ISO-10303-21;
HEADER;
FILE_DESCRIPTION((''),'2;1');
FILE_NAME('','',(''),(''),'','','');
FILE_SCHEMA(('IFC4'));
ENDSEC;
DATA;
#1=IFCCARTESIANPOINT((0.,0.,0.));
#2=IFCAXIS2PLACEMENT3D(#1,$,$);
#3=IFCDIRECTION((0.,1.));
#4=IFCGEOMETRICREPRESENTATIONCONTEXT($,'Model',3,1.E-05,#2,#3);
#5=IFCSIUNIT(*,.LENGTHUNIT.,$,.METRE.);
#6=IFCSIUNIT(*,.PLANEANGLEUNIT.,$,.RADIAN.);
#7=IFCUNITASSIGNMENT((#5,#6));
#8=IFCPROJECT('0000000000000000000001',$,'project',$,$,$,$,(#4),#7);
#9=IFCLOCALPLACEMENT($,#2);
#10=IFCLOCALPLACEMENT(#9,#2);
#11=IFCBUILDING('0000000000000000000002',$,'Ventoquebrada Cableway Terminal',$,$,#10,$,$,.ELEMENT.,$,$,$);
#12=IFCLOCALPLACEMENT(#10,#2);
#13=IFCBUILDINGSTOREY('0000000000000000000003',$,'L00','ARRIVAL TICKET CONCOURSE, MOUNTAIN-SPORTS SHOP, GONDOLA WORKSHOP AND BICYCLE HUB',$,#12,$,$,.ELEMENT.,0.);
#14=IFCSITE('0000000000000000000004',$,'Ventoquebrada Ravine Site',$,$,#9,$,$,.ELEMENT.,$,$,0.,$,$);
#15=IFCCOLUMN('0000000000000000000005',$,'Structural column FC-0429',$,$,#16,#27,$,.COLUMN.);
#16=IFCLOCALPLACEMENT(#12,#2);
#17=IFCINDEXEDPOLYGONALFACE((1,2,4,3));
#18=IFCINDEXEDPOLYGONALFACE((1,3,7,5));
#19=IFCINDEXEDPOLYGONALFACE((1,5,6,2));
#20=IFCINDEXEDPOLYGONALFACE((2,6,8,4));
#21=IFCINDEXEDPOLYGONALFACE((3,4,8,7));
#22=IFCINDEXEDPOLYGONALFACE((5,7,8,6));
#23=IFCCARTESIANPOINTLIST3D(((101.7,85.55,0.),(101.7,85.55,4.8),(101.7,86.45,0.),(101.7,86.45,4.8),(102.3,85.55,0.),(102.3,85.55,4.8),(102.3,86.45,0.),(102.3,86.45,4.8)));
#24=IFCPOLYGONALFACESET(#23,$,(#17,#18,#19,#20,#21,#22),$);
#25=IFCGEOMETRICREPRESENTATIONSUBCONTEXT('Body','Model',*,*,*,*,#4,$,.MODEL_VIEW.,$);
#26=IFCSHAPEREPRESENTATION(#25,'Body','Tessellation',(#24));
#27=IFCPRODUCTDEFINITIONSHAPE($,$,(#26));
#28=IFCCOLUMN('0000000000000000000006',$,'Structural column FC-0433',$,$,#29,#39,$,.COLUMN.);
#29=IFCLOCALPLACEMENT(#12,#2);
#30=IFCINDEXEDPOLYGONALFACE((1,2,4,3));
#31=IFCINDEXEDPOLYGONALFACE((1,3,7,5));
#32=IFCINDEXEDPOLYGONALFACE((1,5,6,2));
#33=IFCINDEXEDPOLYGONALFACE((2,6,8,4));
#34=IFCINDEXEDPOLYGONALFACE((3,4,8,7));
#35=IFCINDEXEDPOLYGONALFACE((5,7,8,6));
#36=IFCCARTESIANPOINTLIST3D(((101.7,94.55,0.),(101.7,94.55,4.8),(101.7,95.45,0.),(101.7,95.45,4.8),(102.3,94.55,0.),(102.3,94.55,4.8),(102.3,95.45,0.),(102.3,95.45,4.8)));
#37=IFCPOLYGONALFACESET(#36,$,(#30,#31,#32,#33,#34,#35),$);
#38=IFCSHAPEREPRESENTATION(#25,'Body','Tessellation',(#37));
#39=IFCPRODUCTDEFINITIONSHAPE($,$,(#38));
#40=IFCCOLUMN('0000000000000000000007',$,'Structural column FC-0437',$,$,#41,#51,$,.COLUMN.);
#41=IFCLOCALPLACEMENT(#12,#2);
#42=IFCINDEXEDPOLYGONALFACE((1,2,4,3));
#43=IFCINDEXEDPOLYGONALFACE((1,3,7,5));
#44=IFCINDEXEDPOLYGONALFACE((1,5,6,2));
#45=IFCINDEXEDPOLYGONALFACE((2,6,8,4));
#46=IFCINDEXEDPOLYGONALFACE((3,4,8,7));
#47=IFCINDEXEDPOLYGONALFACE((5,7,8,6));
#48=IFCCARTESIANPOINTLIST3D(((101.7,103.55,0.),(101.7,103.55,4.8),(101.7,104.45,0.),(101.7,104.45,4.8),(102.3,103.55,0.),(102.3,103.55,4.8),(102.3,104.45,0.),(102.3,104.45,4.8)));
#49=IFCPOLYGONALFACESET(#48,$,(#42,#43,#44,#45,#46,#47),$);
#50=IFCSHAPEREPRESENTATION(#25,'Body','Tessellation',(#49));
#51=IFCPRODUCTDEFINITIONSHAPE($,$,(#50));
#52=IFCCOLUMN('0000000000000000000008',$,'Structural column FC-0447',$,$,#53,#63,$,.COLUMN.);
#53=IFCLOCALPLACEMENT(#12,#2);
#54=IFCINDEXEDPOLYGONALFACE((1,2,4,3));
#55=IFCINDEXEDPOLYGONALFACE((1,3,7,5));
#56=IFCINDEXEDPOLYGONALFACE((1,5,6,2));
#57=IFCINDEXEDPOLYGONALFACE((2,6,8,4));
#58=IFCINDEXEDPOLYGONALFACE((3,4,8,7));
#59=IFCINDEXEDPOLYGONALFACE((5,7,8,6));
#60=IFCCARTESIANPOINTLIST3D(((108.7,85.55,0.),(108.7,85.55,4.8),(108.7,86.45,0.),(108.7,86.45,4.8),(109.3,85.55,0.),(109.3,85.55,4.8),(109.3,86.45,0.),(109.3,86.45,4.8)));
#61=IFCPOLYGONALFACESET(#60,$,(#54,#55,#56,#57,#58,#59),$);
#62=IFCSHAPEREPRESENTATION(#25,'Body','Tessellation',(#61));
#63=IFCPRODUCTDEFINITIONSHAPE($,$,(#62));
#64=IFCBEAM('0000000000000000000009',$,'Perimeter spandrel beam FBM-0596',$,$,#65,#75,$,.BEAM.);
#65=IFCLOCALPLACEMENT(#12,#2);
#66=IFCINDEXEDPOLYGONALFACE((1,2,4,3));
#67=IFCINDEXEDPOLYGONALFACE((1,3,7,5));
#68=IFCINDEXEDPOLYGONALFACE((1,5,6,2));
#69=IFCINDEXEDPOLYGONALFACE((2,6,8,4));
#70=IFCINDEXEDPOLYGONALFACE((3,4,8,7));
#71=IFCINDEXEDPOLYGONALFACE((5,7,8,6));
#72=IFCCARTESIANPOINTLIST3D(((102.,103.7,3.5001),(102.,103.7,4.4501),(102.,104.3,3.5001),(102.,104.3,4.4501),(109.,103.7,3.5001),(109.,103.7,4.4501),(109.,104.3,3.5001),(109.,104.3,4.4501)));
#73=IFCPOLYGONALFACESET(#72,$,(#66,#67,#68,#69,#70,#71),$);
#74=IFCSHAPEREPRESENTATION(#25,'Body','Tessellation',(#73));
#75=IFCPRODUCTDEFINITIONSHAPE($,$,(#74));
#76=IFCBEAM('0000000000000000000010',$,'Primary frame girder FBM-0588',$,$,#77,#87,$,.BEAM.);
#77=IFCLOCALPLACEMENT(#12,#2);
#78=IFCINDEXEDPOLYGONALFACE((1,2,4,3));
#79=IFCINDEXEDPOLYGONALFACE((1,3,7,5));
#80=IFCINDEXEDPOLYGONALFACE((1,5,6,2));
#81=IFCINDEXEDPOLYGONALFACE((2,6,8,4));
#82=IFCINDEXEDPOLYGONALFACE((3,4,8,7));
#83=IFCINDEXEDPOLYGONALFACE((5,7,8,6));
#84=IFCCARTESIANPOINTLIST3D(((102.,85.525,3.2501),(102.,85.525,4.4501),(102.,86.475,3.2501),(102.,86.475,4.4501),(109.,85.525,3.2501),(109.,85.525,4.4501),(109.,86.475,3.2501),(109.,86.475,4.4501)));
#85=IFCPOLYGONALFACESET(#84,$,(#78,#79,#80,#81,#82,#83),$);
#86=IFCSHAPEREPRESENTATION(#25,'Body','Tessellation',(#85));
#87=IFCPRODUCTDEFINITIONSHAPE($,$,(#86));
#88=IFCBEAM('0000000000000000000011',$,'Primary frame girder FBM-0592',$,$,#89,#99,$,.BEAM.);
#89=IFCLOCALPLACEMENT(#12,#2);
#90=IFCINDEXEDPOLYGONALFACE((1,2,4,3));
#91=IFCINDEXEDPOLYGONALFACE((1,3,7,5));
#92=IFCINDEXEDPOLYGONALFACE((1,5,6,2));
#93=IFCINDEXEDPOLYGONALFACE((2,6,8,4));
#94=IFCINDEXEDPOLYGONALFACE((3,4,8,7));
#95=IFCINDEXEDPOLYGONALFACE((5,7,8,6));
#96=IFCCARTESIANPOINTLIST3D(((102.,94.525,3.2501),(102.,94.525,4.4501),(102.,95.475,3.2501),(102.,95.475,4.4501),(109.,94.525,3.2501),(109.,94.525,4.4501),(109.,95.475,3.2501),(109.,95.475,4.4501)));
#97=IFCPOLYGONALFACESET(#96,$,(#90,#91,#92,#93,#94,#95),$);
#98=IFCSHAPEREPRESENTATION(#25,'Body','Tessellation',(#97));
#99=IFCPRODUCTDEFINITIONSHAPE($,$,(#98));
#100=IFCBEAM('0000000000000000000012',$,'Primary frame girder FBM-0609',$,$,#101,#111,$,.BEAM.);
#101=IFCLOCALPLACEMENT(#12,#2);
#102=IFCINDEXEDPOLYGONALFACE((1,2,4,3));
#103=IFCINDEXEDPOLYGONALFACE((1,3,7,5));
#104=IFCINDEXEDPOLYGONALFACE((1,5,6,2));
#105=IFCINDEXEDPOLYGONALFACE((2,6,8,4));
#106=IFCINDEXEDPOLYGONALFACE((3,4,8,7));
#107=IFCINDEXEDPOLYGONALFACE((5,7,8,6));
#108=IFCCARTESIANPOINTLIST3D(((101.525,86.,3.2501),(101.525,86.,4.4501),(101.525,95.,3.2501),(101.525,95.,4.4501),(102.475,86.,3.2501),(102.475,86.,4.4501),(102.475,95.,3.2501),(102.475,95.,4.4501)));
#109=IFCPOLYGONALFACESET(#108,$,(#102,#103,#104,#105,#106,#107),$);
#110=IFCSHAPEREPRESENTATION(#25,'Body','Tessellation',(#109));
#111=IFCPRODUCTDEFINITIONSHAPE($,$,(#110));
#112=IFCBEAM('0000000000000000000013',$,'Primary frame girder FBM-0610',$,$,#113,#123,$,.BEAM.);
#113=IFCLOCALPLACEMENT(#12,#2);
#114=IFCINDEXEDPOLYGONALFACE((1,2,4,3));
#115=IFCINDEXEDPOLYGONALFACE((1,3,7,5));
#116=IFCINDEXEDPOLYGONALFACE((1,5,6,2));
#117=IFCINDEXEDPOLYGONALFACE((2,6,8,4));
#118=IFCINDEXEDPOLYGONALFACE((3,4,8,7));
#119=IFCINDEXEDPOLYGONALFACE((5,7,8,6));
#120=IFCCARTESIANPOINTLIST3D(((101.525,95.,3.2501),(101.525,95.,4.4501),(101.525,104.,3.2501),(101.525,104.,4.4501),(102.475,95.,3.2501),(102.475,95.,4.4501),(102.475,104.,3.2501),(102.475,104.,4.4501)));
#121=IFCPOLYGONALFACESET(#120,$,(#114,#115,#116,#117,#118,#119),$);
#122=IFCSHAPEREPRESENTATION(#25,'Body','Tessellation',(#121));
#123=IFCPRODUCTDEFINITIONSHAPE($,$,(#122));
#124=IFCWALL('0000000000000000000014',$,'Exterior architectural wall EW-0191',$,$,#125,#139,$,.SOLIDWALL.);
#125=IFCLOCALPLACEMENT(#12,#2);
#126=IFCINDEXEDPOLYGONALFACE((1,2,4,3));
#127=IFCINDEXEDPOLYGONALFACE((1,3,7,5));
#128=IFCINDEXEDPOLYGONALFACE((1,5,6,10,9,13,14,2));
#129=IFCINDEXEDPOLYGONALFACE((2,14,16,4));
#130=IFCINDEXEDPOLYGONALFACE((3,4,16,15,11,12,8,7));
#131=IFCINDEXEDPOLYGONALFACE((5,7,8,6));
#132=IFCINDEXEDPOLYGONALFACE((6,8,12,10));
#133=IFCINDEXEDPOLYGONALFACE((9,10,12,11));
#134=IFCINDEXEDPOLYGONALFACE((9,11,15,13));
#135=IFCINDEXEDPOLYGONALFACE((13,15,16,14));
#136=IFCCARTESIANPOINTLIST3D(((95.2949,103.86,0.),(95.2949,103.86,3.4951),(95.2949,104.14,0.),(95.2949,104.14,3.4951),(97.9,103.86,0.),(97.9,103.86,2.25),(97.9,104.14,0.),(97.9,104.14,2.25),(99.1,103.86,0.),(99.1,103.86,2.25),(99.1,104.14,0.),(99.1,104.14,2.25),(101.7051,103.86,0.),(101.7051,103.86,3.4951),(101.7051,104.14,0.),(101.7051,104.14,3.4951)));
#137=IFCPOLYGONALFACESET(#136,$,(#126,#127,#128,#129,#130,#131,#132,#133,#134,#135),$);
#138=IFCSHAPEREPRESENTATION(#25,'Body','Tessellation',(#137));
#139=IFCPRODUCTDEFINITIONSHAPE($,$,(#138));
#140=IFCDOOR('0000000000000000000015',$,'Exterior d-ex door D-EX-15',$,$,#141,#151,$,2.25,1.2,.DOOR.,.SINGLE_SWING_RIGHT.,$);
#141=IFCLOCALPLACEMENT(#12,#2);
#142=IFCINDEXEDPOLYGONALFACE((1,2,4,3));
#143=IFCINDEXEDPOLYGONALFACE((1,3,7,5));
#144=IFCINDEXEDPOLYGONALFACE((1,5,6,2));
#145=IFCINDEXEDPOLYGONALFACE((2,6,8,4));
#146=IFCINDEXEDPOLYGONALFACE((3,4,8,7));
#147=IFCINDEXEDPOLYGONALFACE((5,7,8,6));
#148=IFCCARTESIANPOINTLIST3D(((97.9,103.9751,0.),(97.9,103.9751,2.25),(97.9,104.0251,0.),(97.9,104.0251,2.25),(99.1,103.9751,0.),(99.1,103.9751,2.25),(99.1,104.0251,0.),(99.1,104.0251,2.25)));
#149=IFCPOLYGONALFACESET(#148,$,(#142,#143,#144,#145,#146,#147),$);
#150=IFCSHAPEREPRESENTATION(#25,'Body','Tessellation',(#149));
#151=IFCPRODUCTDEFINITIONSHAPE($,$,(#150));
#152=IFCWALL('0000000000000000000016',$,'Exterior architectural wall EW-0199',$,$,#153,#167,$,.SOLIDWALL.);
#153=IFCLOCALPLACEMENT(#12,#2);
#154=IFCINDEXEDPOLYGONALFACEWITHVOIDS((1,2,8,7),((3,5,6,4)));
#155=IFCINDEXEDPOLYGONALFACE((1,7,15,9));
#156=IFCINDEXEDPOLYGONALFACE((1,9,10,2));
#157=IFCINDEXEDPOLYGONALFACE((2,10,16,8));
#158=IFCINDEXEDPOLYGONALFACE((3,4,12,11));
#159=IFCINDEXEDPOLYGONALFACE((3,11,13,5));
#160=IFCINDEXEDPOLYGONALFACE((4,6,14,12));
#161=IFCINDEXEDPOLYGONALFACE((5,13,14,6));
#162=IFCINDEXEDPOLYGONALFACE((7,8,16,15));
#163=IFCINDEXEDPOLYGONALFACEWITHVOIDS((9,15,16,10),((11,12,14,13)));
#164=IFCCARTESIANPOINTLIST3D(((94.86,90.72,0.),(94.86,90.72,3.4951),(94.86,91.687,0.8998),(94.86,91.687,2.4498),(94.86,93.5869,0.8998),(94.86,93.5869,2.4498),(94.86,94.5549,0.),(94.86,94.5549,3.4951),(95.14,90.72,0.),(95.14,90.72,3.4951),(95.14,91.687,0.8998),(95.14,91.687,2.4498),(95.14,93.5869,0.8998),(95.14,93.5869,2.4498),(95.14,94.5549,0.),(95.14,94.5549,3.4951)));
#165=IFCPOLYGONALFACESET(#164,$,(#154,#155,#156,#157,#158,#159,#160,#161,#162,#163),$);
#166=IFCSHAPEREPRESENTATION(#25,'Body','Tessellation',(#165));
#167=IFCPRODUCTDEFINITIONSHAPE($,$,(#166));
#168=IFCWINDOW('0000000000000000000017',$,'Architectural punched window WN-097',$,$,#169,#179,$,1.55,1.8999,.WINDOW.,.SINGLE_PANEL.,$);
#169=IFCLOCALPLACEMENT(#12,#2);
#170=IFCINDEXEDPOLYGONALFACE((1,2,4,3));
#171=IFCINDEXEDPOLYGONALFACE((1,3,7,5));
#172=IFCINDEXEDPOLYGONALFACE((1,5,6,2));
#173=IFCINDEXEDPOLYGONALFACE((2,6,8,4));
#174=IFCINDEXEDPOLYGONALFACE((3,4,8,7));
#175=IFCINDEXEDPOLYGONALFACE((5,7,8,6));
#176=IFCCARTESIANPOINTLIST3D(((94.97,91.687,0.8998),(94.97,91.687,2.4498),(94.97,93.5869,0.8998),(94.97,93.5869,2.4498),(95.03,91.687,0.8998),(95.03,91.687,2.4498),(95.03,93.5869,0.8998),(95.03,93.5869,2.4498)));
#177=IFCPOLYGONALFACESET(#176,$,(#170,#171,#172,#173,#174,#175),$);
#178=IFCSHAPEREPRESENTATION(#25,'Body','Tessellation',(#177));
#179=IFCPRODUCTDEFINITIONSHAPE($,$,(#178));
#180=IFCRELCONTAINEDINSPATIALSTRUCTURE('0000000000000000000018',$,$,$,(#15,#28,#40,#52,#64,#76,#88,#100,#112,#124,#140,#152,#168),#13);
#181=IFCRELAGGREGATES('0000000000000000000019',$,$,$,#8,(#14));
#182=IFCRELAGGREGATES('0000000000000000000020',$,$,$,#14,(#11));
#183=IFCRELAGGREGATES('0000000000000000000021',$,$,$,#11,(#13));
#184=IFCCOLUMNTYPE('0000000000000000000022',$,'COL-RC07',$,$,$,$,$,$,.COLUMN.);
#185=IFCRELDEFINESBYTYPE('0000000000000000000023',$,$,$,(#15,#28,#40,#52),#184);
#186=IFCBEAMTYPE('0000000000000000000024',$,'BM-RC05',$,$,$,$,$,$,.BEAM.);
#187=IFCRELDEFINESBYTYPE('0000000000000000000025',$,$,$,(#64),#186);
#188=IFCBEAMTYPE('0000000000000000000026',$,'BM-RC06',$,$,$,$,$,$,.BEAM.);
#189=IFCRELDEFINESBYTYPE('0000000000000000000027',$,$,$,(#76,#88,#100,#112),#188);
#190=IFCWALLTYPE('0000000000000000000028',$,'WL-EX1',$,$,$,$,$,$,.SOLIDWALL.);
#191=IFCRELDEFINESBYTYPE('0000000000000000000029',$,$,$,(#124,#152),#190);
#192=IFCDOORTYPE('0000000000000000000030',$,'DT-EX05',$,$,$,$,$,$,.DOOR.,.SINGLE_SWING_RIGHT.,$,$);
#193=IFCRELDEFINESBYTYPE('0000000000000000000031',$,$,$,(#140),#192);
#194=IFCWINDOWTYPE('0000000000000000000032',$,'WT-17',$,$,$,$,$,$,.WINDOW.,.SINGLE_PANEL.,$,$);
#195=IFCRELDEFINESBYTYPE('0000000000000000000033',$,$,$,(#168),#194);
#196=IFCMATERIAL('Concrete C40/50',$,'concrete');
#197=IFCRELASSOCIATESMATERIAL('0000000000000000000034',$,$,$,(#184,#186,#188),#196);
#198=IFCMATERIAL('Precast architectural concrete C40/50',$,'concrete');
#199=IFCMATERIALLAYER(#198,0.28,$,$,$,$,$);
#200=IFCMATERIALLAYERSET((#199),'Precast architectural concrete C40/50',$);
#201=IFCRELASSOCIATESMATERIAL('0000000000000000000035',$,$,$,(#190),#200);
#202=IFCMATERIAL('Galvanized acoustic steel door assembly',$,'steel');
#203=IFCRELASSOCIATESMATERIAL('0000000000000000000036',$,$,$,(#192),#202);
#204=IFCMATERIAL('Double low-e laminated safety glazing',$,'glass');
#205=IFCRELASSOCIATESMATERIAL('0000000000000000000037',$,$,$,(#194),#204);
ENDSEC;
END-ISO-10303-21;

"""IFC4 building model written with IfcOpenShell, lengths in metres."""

from ifc_helpers import new_model, si_unit, direction, frame, frame_2d, origin, origin_2d, place, context, subcontext, project, spatial, rectangle, extrude, material, layer, layer_set, material_profile, profile_set, type_object, element, fill, save


model = new_model("IFC4")

# Units and contexts
model_context = context("Model", 3, precision=1e-05, world=origin(), true_north=direction((0.0, 1.0)))
body_context = subcontext(model_context, "Body", "Model", "MODEL_VIEW")
ifc_project = project(units=[si_unit("LENGTHUNIT", "METRE"), si_unit("PLANEANGLEUNIT", "RADIAN")], contexts=[model_context])

# Site, building, storey
site_placement = place(None, origin())
site = spatial("IfcSite", under=ifc_project, at=site_placement, Name="Ventoquebrada Ravine Site", CompositionType="ELEMENT", RefElevation=0.0)
building_placement = place(site_placement, origin())
building = spatial("IfcBuilding", under=site, at=building_placement, Name="Ventoquebrada Cableway Terminal", CompositionType="ELEMENT")
storey_placement = place(building_placement, origin())
storey = spatial("IfcBuildingStorey", under=building, at=storey_placement, Name="L00", Description="ARRIVAL TICKET CONCOURSE, MOUNTAIN-SPORTS SHOP, GONDOLA WORKSHOP AND BICYCLE HUB", CompositionType="ELEMENT", Elevation=0.0)

# Columns
ifc_material_1 = material(Name="Concrete C40/50", Category="concrete")
ifc_material_profile_1 = material_profile(ifc_material_1, rectangle(XDim=0.6001, YDim=0.8999, at=origin_2d()), Name="RC-COL-900X600")
ifc_profile_set_1 = profile_set([ifc_material_profile_1], Name="Concrete C40/50")
column_type = type_object("IfcColumnType", Name="COL-RC07", PredefinedType="COLUMN", material=ifc_profile_set_1)
for number, where, z_axis, x_axis, name in (
    (1, (102.0, 86.0, 0.0), (0.0, 0.0, 1.0), (1.0, 0.0, 0.0), "Structural column FC-0429"),
    (2, (102.0, 95.0, 0.0), (0.0, 0.0, 1.0), (1.0, 0.0, 0.0), "Structural column FC-0433"),
    (3, (102.0, 104.0, 0.0), (0.0, 0.0, 1.0), (1.0, 0.0, 0.0), "Structural column FC-0437"),
    (4, (109.0, 86.0, 0.0), (0.0, 0.0, 1.0), (1.0, 0.0, 0.0), "Structural column FC-0447"),
):
    element("IfcColumn", number, at=place(storey_placement, frame(where, z_axis=z_axis, x_axis=x_axis)), inside=storey, type_object=column_type, Name=name, PredefinedType="COLUMN", context=body_context, shape_type="SweptSolid", body=[
        extrude(rectangle(XDim=0.6001, YDim=0.8999, at=origin_2d()), origin(), (0.0, 0.0, 1.0), 4.8),
    ])

# Beams
ifc_material_profile_2 = material_profile(ifc_material_1, rectangle(XDim=0.6001, YDim=0.95, at=origin_2d()), Name="RC-BM-600X950")
ifc_profile_set_2 = profile_set([ifc_material_profile_2], Name="Concrete C40/50")
beam_type_1 = type_object("IfcBeamType", Name="BM-RC05", PredefinedType="BEAM", material=ifc_profile_set_2)
beam_placement = place(storey_placement, frame((102.0, 104.0, 3.9751), z_axis=(1.0, 0.0, 0.0), x_axis=(0.0, 1.0, 0.0)))
element("IfcBeam", 5, at=beam_placement, inside=storey, type_object=beam_type_1, Name="Perimeter spandrel beam FBM-0596", PredefinedType="BEAM", context=body_context, shape_type="SweptSolid", body=[
    extrude(rectangle(XDim=0.6001, YDim=0.95, at=origin_2d()), origin(), (0.0, 0.0, 1.0), 7.0),
])
ifc_material_profile_3 = material_profile(ifc_material_1, rectangle(XDim=0.95, YDim=1.2, at=origin_2d()), Name="RC-BM-950X1200")
ifc_profile_set_3 = profile_set([ifc_material_profile_3], Name="Concrete C40/50")
beam_type_2 = type_object("IfcBeamType", Name="BM-RC06", PredefinedType="BEAM", material=ifc_profile_set_3)
for number, where, z_axis, x_axis, name in (
    (6, (102.0, 86.0, 3.8501), (1.0, 0.0, 0.0), (0.0, 1.0, 0.0), "Primary frame girder FBM-0588"),
    (7, (102.0, 95.0, 3.8501), (1.0, 0.0, 0.0), (0.0, 1.0, 0.0), "Primary frame girder FBM-0592"),
):
    element("IfcBeam", number, at=place(storey_placement, frame(where, z_axis=z_axis, x_axis=x_axis)), inside=storey, type_object=beam_type_2, Name=name, PredefinedType="BEAM", context=body_context, shape_type="SweptSolid", body=[
        extrude(rectangle(XDim=0.95, YDim=1.2, at=origin_2d()), origin(), (0.0, 0.0, 1.0), 7.0),
    ])
for number, where, z_axis, x_axis, name in (
    (8, (102.0, 86.0, 3.8501), (0.0, 1.0, 0.0), (-1.0, 0.0, 0.0), "Primary frame girder FBM-0609"),
    (9, (102.0, 95.0, 3.8501), (0.0, 1.0, 0.0), (-1.0, 0.0, 0.0), "Primary frame girder FBM-0610"),
):
    element("IfcBeam", number, at=place(storey_placement, frame(where, z_axis=z_axis, x_axis=x_axis)), inside=storey, type_object=beam_type_2, Name=name, PredefinedType="BEAM", context=body_context, shape_type="SweptSolid", body=[
        extrude(rectangle(XDim=0.95, YDim=1.2, at=origin_2d()), origin(), (0.0, 0.0, 1.0), 9.0),
    ])

# Wall, opening, door
ifc_material_2 = material(Name="Precast architectural concrete C40/50", Category="concrete")
ifc_layer_1 = layer(ifc_material_2, 0.28)
ifc_layer_set_1 = layer_set([ifc_layer_1], Name="Precast architectural concrete C40/50")
wall_type_1 = type_object("IfcWallType", Name="WL-EX1", PredefinedType="SOLIDWALL", material=ifc_layer_set_1)
wall_1_placement = place(storey_placement, frame((101.7051, 104.0, 0.0), z_axis=(0.0, 0.0, 1.0), x_axis=(-1.0, 0.0, 0.0)))
wall_1 = element("IfcWall", 10, at=wall_1_placement, inside=storey, type_object=wall_type_1, Name="Exterior architectural wall EW-0191", PredefinedType="SOLIDWALL", context=body_context, shape_type="SweptSolid", body=[
    extrude(rectangle(XDim=6.4102, YDim=0.28, at=frame_2d((3.2051, 0.0))), origin(), (0.0, 0.0, 1.0), 3.4951),
])
opening_1_placement = place(wall_1_placement, frame((2.605, 0.0, 0.0)))
opening_1 = element("IfcOpeningElement", 11, at=opening_1_placement, cuts=wall_1, PredefinedType="OPENING", context=body_context, shape_type="SweptSolid", body=[
    extrude(rectangle(XDim=1.2, YDim=2.25, at=frame_2d((0.6001, 1.125))), frame((0.0, 0.1499, 0.0), z_axis=(0.0, -1.0, 0.0), x_axis=(1.0, 0.0, 0.0)), (0.0, 0.0, 1.0), 0.3),
])
ifc_material_3 = material(Name="Galvanized acoustic steel door assembly", Category="steel")
door_type_1 = type_object("IfcDoorType", Name="DT-EX05", OperationType="SINGLE_SWING_RIGHT", PredefinedType="DOOR", material=ifc_material_3)
door_1_placement = place(opening_1_placement, origin())
door_1 = element("IfcDoor", 12, at=door_1_placement, inside=storey, type_object=door_type_1, Name="Exterior d-ex door D-EX-15", OperationType="SINGLE_SWING_RIGHT", OverallHeight=2.25, OverallWidth=1.2, PredefinedType="DOOR", context=body_context, shape_type="SweptSolid", body=[
    extrude(rectangle(XDim=1.2, YDim=2.25, at=frame_2d((0.6001, 1.125))), frame((0.0, 0.0249, 0.0), z_axis=(0.0, -1.0, 0.0), x_axis=(1.0, 0.0, 0.0)), (0.0, 0.0, 1.0), 0.05),
])
fill(opening_1, door_1)

# Wall, opening, window
wall_2_placement = place(storey_placement, frame((95.0, 94.5549, 0.0), z_axis=(0.0, 0.0, 1.0), x_axis=(0.0, -1.0, 0.0)))
wall_2 = element("IfcWall", 13, at=wall_2_placement, inside=storey, type_object=wall_type_1, Name="Exterior architectural wall EW-0199", PredefinedType="SOLIDWALL", context=body_context, shape_type="SweptSolid", body=[
    extrude(rectangle(XDim=3.835, YDim=0.28, at=frame_2d((1.9175, 0.0))), origin(), (0.0, 0.0, 1.0), 3.4951),
])
opening_2_placement = place(wall_2_placement, frame((0.968, 0.0, 0.8999)))
opening_2 = element("IfcOpeningElement", 14, at=opening_2_placement, cuts=wall_2, PredefinedType="OPENING", context=body_context, shape_type="SweptSolid", body=[
    extrude(rectangle(XDim=1.8999, YDim=1.55, at=frame_2d((0.95, 0.7749))), frame((0.0, 0.1499, 0.0), z_axis=(0.0, -1.0, 0.0), x_axis=(1.0, 0.0, 0.0)), (0.0, 0.0, 1.0), 0.3),
])
ifc_material_4 = material(Name="Double low-e laminated safety glazing", Category="glass")
window_type_1 = type_object("IfcWindowType", Name="WT-17", PartitioningType="SINGLE_PANEL", PredefinedType="WINDOW", material=ifc_material_4)
window_1_placement = place(opening_2_placement, origin())
window_1 = element("IfcWindow", 15, at=window_1_placement, inside=storey, type_object=window_type_1, Name="Architectural punched window WN-097", OverallHeight=1.55, OverallWidth=1.8999, PartitioningType="SINGLE_PANEL", PredefinedType="WINDOW", context=body_context, shape_type="SweptSolid", body=[
    extrude(rectangle(XDim=1.8999, YDim=1.55, at=frame_2d((0.95, 0.7749))), frame((0.0, 0.03, 0.0), z_axis=(0.0, -1.0, 0.0), x_axis=(1.0, 0.0, 0.0)), (0.0, 0.0, 1.0), 0.0601),
])
fill(opening_2, window_1)

save(model, "model.ifc")
